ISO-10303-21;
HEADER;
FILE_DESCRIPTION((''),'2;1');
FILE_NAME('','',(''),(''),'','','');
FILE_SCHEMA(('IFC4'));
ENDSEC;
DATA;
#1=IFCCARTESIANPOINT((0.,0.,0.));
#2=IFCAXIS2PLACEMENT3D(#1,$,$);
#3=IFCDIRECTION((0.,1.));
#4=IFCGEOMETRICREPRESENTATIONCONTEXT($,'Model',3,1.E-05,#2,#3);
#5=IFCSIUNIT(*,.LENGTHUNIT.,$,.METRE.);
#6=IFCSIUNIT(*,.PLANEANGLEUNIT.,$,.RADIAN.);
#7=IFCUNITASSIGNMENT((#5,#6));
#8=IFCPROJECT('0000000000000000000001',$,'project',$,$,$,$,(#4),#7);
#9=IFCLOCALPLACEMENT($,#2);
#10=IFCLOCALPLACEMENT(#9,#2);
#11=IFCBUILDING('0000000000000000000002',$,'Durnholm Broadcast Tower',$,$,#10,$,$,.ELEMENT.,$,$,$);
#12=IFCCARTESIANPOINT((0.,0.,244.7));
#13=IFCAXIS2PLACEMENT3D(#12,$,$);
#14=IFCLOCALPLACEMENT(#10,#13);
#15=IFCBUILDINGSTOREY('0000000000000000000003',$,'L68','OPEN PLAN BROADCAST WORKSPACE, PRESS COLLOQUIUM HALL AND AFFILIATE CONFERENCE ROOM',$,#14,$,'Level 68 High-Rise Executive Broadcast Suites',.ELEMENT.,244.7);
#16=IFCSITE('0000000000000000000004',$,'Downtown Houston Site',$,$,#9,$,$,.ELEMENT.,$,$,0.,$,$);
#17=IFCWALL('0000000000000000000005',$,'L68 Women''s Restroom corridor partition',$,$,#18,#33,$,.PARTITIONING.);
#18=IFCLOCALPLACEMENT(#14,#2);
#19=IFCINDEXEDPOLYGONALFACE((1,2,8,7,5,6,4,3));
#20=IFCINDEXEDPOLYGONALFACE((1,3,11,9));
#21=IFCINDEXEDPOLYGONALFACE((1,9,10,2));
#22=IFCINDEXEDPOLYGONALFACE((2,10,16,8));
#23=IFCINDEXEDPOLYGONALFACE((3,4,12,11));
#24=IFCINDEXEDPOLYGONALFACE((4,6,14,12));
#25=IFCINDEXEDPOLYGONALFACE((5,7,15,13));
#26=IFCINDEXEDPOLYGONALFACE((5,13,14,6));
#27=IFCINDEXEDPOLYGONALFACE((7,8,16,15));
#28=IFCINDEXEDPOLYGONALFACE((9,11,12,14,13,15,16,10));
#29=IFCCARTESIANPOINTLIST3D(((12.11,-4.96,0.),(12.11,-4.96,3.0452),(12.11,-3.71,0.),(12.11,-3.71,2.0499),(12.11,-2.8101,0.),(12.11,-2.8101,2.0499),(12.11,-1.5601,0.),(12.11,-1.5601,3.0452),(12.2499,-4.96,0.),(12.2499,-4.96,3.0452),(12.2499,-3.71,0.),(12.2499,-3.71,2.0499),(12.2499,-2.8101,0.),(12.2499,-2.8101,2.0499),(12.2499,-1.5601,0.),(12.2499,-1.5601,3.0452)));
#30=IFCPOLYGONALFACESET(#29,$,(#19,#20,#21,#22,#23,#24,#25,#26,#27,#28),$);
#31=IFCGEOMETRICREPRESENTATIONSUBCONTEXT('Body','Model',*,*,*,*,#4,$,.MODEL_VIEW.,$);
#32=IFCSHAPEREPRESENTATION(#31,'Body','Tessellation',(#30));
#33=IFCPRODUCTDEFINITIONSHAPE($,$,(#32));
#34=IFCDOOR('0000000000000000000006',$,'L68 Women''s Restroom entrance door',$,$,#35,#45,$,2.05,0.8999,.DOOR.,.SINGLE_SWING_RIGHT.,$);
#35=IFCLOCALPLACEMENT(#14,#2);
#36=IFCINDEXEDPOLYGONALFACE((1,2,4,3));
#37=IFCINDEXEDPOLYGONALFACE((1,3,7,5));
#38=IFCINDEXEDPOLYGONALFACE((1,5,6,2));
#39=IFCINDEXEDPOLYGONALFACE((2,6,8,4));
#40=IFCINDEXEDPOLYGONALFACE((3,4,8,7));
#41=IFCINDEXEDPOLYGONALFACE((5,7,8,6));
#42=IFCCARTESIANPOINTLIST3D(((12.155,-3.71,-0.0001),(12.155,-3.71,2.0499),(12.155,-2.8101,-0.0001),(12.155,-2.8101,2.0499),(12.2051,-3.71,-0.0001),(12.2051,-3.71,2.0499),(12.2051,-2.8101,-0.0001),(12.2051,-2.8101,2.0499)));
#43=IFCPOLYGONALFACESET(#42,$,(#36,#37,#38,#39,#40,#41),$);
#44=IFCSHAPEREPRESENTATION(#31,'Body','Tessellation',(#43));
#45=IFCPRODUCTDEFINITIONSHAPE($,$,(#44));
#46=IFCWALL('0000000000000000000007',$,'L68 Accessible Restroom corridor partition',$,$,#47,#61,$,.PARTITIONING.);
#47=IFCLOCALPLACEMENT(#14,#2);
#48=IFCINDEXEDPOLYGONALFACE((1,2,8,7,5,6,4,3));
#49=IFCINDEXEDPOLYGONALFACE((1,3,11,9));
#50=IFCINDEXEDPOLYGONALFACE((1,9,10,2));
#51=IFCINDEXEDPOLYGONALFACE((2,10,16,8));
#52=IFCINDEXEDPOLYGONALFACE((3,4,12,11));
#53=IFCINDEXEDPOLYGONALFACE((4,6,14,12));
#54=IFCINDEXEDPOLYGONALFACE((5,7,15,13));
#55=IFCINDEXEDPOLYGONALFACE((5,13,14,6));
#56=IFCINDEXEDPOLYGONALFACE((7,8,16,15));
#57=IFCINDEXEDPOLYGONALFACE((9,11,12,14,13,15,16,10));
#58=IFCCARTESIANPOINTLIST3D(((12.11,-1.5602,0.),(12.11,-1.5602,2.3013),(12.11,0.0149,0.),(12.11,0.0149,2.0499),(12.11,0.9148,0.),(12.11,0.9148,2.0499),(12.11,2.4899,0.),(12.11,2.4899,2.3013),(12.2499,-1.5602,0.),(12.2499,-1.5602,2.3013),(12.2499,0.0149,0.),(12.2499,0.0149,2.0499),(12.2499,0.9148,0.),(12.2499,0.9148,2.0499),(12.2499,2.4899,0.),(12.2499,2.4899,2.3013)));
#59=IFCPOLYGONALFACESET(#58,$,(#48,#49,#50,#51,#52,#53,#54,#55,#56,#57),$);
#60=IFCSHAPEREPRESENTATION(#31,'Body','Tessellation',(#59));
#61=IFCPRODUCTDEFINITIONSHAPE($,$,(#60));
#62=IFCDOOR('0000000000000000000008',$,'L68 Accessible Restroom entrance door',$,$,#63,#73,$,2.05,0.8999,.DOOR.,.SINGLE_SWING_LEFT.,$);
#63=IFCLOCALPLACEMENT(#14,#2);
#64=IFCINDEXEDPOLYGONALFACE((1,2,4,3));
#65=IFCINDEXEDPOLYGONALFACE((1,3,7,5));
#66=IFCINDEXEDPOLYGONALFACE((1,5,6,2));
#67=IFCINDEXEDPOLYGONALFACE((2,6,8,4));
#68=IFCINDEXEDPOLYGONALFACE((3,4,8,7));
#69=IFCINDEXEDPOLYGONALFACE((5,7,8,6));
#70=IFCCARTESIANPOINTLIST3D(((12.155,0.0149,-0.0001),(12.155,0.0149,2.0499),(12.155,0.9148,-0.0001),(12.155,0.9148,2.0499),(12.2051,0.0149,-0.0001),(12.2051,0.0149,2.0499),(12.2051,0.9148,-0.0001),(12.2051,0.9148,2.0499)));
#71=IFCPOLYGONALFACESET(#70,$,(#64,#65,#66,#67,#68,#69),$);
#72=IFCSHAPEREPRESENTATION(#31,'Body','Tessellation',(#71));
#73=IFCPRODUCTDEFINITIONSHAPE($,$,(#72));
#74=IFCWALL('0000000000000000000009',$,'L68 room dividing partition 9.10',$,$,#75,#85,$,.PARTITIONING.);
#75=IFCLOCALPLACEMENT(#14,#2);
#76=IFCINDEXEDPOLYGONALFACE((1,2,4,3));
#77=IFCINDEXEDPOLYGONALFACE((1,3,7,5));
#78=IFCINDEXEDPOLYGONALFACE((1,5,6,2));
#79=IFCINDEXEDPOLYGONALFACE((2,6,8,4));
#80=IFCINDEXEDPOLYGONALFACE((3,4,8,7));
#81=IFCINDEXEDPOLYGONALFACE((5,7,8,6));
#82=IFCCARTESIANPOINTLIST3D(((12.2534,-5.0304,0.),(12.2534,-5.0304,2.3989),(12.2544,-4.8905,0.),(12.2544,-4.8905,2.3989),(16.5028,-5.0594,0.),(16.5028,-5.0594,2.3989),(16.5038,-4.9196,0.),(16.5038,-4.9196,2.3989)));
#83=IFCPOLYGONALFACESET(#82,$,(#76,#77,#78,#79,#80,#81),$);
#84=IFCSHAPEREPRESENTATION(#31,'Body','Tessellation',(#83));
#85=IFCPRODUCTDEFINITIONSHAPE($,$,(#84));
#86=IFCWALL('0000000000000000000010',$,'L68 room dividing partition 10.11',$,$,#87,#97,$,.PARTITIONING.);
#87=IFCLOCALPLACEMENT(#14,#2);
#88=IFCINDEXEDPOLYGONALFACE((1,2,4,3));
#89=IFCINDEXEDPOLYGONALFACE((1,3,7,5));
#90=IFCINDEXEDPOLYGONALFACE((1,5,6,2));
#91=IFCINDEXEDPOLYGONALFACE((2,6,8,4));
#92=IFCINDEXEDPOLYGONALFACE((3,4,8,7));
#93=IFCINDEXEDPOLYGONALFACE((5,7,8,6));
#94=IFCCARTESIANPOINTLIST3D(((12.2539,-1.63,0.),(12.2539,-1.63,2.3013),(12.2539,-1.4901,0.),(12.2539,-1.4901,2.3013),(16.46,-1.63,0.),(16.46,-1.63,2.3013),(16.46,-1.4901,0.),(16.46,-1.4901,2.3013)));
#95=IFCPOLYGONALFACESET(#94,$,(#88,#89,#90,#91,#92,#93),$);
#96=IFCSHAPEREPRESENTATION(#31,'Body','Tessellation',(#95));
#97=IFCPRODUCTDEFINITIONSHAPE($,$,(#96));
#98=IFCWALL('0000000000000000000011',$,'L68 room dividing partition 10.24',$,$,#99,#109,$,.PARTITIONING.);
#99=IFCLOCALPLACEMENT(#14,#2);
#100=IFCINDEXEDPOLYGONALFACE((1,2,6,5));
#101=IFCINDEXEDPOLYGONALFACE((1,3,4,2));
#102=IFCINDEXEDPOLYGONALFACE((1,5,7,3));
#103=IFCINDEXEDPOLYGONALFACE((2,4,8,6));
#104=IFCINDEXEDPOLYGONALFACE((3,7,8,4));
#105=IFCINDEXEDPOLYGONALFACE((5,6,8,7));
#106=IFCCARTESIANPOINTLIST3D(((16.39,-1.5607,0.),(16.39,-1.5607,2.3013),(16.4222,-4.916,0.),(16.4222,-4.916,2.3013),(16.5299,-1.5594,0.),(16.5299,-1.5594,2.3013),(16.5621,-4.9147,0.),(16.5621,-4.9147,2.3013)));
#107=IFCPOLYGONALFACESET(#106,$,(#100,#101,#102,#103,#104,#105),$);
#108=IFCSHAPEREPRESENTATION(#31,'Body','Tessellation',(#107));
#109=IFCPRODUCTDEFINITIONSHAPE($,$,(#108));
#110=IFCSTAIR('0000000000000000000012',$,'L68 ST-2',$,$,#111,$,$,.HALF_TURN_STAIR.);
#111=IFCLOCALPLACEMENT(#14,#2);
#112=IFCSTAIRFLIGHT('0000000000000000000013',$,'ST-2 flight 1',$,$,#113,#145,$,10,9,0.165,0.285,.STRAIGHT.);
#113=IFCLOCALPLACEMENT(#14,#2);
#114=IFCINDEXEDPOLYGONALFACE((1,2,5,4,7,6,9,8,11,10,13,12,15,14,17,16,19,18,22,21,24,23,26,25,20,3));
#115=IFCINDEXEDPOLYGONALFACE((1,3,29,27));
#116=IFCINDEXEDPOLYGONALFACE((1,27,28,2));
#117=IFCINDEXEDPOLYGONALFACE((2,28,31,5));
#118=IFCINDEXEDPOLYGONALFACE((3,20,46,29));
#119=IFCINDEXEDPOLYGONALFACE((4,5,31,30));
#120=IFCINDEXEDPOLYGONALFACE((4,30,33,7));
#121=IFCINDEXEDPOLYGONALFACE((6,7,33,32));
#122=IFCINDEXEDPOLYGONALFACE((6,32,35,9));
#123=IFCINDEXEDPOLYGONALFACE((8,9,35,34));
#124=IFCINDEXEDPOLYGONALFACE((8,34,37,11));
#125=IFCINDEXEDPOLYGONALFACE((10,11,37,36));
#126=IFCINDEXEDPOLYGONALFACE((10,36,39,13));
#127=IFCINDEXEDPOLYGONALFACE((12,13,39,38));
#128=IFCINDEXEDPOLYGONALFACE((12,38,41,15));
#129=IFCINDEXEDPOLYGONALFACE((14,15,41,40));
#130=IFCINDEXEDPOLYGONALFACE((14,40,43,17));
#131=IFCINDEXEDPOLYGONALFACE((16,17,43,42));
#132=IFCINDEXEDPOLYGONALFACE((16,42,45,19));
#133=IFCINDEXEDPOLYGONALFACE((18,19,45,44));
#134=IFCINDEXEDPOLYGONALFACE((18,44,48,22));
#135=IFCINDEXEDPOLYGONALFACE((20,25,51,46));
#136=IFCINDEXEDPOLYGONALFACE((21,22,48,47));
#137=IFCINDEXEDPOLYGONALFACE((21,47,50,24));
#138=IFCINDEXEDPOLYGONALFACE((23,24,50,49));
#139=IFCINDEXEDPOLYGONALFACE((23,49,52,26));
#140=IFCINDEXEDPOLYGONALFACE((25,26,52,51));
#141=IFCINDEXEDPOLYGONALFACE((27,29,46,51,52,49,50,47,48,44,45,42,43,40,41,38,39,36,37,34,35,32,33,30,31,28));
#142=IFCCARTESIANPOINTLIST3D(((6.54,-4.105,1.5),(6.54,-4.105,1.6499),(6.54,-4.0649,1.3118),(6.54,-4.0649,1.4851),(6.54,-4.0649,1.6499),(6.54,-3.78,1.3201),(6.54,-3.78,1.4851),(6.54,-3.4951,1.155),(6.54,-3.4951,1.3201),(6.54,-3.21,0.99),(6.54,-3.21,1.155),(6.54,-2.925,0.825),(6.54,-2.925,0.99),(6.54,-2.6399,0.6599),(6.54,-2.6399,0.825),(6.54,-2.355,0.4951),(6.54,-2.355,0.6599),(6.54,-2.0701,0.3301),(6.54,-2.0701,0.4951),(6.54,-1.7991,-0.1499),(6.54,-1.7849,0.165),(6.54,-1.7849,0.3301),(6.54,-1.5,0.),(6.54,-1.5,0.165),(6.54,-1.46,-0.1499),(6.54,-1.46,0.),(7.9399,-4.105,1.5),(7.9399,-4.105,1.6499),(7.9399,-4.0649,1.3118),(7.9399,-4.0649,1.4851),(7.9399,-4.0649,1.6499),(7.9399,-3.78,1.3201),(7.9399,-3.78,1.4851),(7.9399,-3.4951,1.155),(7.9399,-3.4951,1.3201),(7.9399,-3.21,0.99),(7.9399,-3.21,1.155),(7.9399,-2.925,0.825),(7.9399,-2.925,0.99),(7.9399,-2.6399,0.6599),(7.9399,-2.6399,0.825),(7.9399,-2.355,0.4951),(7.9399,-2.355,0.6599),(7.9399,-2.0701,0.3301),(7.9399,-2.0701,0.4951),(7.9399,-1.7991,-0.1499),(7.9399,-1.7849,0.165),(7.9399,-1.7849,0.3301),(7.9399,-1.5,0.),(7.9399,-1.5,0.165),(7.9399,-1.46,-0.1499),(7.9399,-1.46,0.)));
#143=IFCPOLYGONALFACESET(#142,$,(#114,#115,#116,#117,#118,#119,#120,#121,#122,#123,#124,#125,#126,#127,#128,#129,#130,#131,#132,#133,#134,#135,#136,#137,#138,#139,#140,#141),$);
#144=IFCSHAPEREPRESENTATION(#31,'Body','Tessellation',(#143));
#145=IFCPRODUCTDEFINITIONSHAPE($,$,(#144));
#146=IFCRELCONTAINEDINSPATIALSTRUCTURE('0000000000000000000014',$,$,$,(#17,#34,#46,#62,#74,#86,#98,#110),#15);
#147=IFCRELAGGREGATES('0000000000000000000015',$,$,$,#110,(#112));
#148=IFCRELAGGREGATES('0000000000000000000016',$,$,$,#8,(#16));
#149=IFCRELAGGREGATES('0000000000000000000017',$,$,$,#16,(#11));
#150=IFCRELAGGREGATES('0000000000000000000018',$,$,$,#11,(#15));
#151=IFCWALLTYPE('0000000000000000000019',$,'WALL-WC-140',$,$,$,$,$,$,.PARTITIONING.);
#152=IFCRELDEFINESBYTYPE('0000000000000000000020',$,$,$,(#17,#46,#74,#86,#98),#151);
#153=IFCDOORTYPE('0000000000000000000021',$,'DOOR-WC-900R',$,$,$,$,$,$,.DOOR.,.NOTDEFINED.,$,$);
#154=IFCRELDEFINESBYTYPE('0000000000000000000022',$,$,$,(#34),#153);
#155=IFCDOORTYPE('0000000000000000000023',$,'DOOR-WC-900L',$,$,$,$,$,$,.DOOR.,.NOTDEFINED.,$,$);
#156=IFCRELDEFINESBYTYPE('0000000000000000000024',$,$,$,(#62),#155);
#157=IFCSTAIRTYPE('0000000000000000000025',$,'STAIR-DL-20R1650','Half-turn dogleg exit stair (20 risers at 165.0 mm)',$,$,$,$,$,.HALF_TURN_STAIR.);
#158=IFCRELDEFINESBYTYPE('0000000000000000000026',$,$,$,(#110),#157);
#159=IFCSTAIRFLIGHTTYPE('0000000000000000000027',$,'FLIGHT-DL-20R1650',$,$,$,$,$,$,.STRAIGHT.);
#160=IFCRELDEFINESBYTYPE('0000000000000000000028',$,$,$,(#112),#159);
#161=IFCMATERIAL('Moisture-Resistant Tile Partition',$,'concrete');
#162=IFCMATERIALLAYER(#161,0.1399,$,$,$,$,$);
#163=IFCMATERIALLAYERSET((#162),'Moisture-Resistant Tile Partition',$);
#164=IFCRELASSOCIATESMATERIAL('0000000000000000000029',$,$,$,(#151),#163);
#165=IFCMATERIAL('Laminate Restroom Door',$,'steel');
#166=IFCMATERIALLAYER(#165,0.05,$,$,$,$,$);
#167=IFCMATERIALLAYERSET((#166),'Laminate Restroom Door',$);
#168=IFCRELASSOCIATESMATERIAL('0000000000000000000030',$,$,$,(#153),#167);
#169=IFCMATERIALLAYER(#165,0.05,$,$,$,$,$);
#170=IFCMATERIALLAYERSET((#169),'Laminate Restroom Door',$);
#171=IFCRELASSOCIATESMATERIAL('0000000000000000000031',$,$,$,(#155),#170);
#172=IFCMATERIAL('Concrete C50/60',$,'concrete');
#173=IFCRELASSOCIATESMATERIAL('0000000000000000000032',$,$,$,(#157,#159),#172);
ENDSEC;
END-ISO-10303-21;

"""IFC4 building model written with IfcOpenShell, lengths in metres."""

from ifc_helpers import new_model, si_unit, direction, frame, frame_2d, origin, place, context, subcontext, project, spatial, polyline, rectangle, outline, extrude, source, transform, mapped, material, layer, layer_set, type_object, type_shapes, element, fill, aggregate, save


model = new_model("IFC4")

# Units and contexts
model_context = context("Model", 3, precision=1e-05, world=origin(), true_north=direction((0.0, 1.0)))
body_context = subcontext(model_context, "Body", "Model", "MODEL_VIEW")
ifc_project = project(units=[si_unit("LENGTHUNIT", "METRE"), si_unit("PLANEANGLEUNIT", "RADIAN")], contexts=[model_context])

# Site, building, storey
site_placement = place(None, origin())
site = spatial("IfcSite", under=ifc_project, at=site_placement, Name="Downtown Houston Site", CompositionType="ELEMENT", RefElevation=0.0)
building_placement = place(site_placement, origin())
building = spatial("IfcBuilding", under=site, at=building_placement, Name="Durnholm Broadcast Tower", CompositionType="ELEMENT")
storey_placement = place(building_placement, frame((0.0, 0.0, 244.7)))
storey = spatial("IfcBuildingStorey", under=building, at=storey_placement, Name="L68", Description="OPEN PLAN BROADCAST WORKSPACE, PRESS COLLOQUIUM HALL AND AFFILIATE CONFERENCE ROOM", LongName="Level 68 High-Rise Executive Broadcast Suites", CompositionType="ELEMENT", Elevation=244.7)

# Shared definitions
ifc_material_1 = material(Name="Concrete C50/60", Category="concrete")

# Walls, openings, doors
ifc_material_2 = material(Name="Moisture-Resistant Tile Partition", Category="concrete")
ifc_layer_1 = layer(ifc_material_2, 0.1399)
ifc_layer_set_1 = layer_set([ifc_layer_1], Name="Moisture-Resistant Tile Partition")
wall_type_1 = type_object("IfcWallType", Name="WALL-WC-140", PredefinedType="PARTITIONING", material=ifc_layer_set_1)
wall_1_placement = place(storey_placement, frame((12.1799, -4.96, 0.0), z_axis=(0.0, 0.0, 1.0), x_axis=(0.0, 1.0, 0.0)))
wall_1 = element("IfcWall", 1, at=wall_1_placement, inside=storey, type_object=wall_type_1, Name="L68 Women's Restroom corridor partition", PredefinedType="PARTITIONING", context=body_context, shape_type="SweptSolid", body=[
    extrude(rectangle(XDim=3.3999, YDim=0.1399, at=frame_2d((1.7, 0.0))), origin(), (0.0, 0.0, 1.0), 3.0452),
])
opening_1_placement = place(wall_1_placement, frame((1.25, 0.0, 0.0)))
opening_1 = element("IfcOpeningElement", 2, at=opening_1_placement, cuts=wall_1, PredefinedType="OPENING", context=body_context, shape_type="SweptSolid", body=[
    extrude(rectangle(XDim=0.8999, YDim=2.05, at=frame_2d((0.45, 1.0249))), frame((0.0, 0.0801, 0.0), z_axis=(0.0, -1.0, 0.0), x_axis=(1.0, 0.0, 0.0)), (0.0, 0.0, 1.0), 0.1599),
])
ifc_material_3 = material(Name="Laminate Restroom Door", Category="steel")
ifc_layer_2 = layer(ifc_material_3, 0.05)
ifc_layer_set_2 = layer_set([ifc_layer_2], Name="Laminate Restroom Door")
door_type_1 = type_object("IfcDoorType", Name="DOOR-WC-900R", OperationType="NOTDEFINED", PredefinedType="DOOR", material=ifc_layer_set_2)
shared_shape_1 = source(origin(), body_context, "Body", "SweptSolid", [
    extrude(rectangle(XDim=0.8999, YDim=2.05, at=frame_2d((0.45, 1.0249))), frame((0.0, 0.0249, 0.0), z_axis=(0.0, -1.0, 0.0), x_axis=(1.0, 0.0, 0.0)), (0.0, 0.0, 1.0), 0.05),
])
type_shapes(door_type_1, [shared_shape_1])
door_1_placement = place(opening_1_placement, origin())
door_1 = element("IfcDoor", 3, at=door_1_placement, inside=storey, type_object=door_type_1, Name="L68 Women's Restroom entrance door", OperationType="SINGLE_SWING_RIGHT", OverallHeight=2.05, OverallWidth=0.8999, PredefinedType="DOOR", context=body_context, shape_type="MappedRepresentation", body=[
    mapped(shared_shape_1, transform((0.0, 0.0, 0.0), x_axis=(1.0, 0.0, 0.0), y_axis=(0.0, 1.0, 0.0), z_axis=(0.0, 0.0, 1.0), scale=1.0)),
])
fill(opening_1, door_1)
wall_2_placement = place(storey_placement, frame((12.1799, -1.5601, 0.0), z_axis=(0.0, 0.0, 1.0), x_axis=(0.0, 1.0, 0.0)))
wall_2 = element("IfcWall", 4, at=wall_2_placement, inside=storey, type_object=wall_type_1, Name="L68 Accessible Restroom corridor partition", PredefinedType="PARTITIONING", context=body_context, shape_type="SweptSolid", body=[
    extrude(rectangle(XDim=4.05, YDim=0.1399, at=frame_2d((2.0249, 0.0))), origin(), (0.0, 0.0, 1.0), 2.3013),
])
opening_2_placement = place(wall_2_placement, frame((1.575, 0.0, 0.0)))
opening_2 = element("IfcOpeningElement", 5, at=opening_2_placement, cuts=wall_2, PredefinedType="OPENING", context=body_context, shape_type="SweptSolid", body=[
    extrude(rectangle(XDim=0.8999, YDim=2.05, at=frame_2d((0.45, 1.0249))), frame((0.0, 0.0801, 0.0), z_axis=(0.0, -1.0, 0.0), x_axis=(1.0, 0.0, 0.0)), (0.0, 0.0, 1.0), 0.1599),
])
ifc_layer_3 = layer(ifc_material_3, 0.05)
ifc_layer_set_3 = layer_set([ifc_layer_3], Name="Laminate Restroom Door")
door_type_2 = type_object("IfcDoorType", Name="DOOR-WC-900L", OperationType="NOTDEFINED", PredefinedType="DOOR", material=ifc_layer_set_3)
shared_shape_2 = source(origin(), body_context, "Body", "SweptSolid", [
    extrude(rectangle(XDim=0.8999, YDim=2.05, at=frame_2d((0.45, 1.0249))), frame((0.0, 0.0249, 0.0), z_axis=(0.0, -1.0, 0.0), x_axis=(1.0, 0.0, 0.0)), (0.0, 0.0, 1.0), 0.05),
])
type_shapes(door_type_2, [shared_shape_2])
door_2_placement = place(opening_2_placement, origin())
door_2 = element("IfcDoor", 6, at=door_2_placement, inside=storey, type_object=door_type_2, Name="L68 Accessible Restroom entrance door", OperationType="SINGLE_SWING_LEFT", OverallHeight=2.05, OverallWidth=0.8999, PredefinedType="DOOR", context=body_context, shape_type="MappedRepresentation", body=[
    mapped(shared_shape_2, transform((0.0, 0.0, 0.0), x_axis=(1.0, 0.0, 0.0), y_axis=(0.0, 1.0, 0.0), z_axis=(0.0, 0.0, 1.0), scale=1.0)),
])
fill(opening_2, door_2)

# Walls
wall_3_placement = place(storey_placement, frame((12.2539, -4.9604, 0.0), z_axis=(0.0, 0.0, 1.0), x_axis=(0.999977, -0.006837, 0.0)))
element("IfcWall", 7, at=wall_3_placement, inside=storey, type_object=wall_type_1, Name="L68 room dividing partition 9.10", PredefinedType="PARTITIONING", context=body_context, shape_type="SweptSolid", body=[
    extrude(rectangle(XDim=4.2495, YDim=0.1399, at=frame_2d((2.1248, 0.0))), origin(), (0.0, 0.0, 1.0), 2.3989),
])
wall_4_placement = place(storey_placement, frame((12.2539, -1.5601, 0.0), z_axis=(0.0, 0.0, 1.0), x_axis=(1.0, 0.0, 0.0)))
element("IfcWall", 8, at=wall_4_placement, inside=storey, type_object=wall_type_1, Name="L68 room dividing partition 10.11", PredefinedType="PARTITIONING", context=body_context, shape_type="SweptSolid", body=[
    extrude(rectangle(XDim=4.2061, YDim=0.1399, at=frame_2d((2.103, 0.0))), origin(), (0.0, 0.0, 1.0), 2.3013),
])
wall_5_placement = place(storey_placement, frame((16.46, -1.5601, 0.0), z_axis=(0.0, 0.0, 1.0), x_axis=(0.009604, -0.999954, 0.0)))
element("IfcWall", 9, at=wall_5_placement, inside=storey, type_object=wall_type_1, Name="L68 room dividing partition 10.24", PredefinedType="PARTITIONING", context=body_context, shape_type="SweptSolid", body=[
    extrude(rectangle(XDim=3.3555, YDim=0.1399, at=frame_2d((1.6777, 0.0))), origin(), (0.0, 0.0, 1.0), 2.3013),
])

# Stair, stair flight
stair_type = type_object("IfcStairType", Name="STAIR-DL-20R1650", Description="Half-turn dogleg exit stair (20 risers at 165.0 mm)", PredefinedType="HALF_TURN_STAIR", material=ifc_material_1)
stair_placement = place(storey_placement, origin())
stair = element("IfcStair", 10, at=stair_placement, inside=storey, type_object=stair_type, Name="L68 ST-2", PredefinedType="HALF_TURN_STAIR")
stair_flight_type = type_object("IfcStairFlightType", Name="FLIGHT-DL-20R1650", PredefinedType="STRAIGHT", material=ifc_material_1)
stair_flight_1_placement = place(storey_placement, frame((7.24, -1.5, 0.0), z_axis=(0.0, 0.0, 1.0), x_axis=(0.0, -1.0, 0.0)))
stair_flight_1 = element("IfcStairFlight", 11, at=stair_flight_1_placement, type_object=stair_flight_type, Name="ST-2 flight 1", NumberOfRisers=10, NumberOfTreads=9, PredefinedType="STRAIGHT", RiserHeight=0.165, TreadLength=0.285, context=body_context, shape_type="SweptSolid", body=[
    extrude(outline(polyline([(-0.04, -0.1499), (-0.04, 0.0), (0.0, 0.0), (0.0, 0.165), (0.2849, 0.165), (0.2849, 0.3301), (0.5701, 0.3301), (0.5701, 0.4951), (0.855, 0.4951), (0.855, 0.6599), (1.1399, 0.6599), (1.1399, 0.825), (1.425, 0.825), (1.425, 0.99), (1.71, 0.99), (1.71, 1.155), (1.9951, 1.155), (1.9951, 1.3201), (2.28, 1.3201), (2.28, 1.4851), (2.5649, 1.4851), (2.5649, 1.6499), (2.605, 1.6499), (2.605, 1.5), (2.5649, 1.3118), (0.2991, -0.1499), (-0.04, -0.1499)])), frame((0.0, 0.7, 0.0), z_axis=(0.0, -1.0, 0.0), x_axis=(1.0, 0.0, 0.0)), (0.0, 0.0, 1.0), 1.3999),
])
aggregate(stair, [stair_flight_1])

save(model, "model.ifc")
